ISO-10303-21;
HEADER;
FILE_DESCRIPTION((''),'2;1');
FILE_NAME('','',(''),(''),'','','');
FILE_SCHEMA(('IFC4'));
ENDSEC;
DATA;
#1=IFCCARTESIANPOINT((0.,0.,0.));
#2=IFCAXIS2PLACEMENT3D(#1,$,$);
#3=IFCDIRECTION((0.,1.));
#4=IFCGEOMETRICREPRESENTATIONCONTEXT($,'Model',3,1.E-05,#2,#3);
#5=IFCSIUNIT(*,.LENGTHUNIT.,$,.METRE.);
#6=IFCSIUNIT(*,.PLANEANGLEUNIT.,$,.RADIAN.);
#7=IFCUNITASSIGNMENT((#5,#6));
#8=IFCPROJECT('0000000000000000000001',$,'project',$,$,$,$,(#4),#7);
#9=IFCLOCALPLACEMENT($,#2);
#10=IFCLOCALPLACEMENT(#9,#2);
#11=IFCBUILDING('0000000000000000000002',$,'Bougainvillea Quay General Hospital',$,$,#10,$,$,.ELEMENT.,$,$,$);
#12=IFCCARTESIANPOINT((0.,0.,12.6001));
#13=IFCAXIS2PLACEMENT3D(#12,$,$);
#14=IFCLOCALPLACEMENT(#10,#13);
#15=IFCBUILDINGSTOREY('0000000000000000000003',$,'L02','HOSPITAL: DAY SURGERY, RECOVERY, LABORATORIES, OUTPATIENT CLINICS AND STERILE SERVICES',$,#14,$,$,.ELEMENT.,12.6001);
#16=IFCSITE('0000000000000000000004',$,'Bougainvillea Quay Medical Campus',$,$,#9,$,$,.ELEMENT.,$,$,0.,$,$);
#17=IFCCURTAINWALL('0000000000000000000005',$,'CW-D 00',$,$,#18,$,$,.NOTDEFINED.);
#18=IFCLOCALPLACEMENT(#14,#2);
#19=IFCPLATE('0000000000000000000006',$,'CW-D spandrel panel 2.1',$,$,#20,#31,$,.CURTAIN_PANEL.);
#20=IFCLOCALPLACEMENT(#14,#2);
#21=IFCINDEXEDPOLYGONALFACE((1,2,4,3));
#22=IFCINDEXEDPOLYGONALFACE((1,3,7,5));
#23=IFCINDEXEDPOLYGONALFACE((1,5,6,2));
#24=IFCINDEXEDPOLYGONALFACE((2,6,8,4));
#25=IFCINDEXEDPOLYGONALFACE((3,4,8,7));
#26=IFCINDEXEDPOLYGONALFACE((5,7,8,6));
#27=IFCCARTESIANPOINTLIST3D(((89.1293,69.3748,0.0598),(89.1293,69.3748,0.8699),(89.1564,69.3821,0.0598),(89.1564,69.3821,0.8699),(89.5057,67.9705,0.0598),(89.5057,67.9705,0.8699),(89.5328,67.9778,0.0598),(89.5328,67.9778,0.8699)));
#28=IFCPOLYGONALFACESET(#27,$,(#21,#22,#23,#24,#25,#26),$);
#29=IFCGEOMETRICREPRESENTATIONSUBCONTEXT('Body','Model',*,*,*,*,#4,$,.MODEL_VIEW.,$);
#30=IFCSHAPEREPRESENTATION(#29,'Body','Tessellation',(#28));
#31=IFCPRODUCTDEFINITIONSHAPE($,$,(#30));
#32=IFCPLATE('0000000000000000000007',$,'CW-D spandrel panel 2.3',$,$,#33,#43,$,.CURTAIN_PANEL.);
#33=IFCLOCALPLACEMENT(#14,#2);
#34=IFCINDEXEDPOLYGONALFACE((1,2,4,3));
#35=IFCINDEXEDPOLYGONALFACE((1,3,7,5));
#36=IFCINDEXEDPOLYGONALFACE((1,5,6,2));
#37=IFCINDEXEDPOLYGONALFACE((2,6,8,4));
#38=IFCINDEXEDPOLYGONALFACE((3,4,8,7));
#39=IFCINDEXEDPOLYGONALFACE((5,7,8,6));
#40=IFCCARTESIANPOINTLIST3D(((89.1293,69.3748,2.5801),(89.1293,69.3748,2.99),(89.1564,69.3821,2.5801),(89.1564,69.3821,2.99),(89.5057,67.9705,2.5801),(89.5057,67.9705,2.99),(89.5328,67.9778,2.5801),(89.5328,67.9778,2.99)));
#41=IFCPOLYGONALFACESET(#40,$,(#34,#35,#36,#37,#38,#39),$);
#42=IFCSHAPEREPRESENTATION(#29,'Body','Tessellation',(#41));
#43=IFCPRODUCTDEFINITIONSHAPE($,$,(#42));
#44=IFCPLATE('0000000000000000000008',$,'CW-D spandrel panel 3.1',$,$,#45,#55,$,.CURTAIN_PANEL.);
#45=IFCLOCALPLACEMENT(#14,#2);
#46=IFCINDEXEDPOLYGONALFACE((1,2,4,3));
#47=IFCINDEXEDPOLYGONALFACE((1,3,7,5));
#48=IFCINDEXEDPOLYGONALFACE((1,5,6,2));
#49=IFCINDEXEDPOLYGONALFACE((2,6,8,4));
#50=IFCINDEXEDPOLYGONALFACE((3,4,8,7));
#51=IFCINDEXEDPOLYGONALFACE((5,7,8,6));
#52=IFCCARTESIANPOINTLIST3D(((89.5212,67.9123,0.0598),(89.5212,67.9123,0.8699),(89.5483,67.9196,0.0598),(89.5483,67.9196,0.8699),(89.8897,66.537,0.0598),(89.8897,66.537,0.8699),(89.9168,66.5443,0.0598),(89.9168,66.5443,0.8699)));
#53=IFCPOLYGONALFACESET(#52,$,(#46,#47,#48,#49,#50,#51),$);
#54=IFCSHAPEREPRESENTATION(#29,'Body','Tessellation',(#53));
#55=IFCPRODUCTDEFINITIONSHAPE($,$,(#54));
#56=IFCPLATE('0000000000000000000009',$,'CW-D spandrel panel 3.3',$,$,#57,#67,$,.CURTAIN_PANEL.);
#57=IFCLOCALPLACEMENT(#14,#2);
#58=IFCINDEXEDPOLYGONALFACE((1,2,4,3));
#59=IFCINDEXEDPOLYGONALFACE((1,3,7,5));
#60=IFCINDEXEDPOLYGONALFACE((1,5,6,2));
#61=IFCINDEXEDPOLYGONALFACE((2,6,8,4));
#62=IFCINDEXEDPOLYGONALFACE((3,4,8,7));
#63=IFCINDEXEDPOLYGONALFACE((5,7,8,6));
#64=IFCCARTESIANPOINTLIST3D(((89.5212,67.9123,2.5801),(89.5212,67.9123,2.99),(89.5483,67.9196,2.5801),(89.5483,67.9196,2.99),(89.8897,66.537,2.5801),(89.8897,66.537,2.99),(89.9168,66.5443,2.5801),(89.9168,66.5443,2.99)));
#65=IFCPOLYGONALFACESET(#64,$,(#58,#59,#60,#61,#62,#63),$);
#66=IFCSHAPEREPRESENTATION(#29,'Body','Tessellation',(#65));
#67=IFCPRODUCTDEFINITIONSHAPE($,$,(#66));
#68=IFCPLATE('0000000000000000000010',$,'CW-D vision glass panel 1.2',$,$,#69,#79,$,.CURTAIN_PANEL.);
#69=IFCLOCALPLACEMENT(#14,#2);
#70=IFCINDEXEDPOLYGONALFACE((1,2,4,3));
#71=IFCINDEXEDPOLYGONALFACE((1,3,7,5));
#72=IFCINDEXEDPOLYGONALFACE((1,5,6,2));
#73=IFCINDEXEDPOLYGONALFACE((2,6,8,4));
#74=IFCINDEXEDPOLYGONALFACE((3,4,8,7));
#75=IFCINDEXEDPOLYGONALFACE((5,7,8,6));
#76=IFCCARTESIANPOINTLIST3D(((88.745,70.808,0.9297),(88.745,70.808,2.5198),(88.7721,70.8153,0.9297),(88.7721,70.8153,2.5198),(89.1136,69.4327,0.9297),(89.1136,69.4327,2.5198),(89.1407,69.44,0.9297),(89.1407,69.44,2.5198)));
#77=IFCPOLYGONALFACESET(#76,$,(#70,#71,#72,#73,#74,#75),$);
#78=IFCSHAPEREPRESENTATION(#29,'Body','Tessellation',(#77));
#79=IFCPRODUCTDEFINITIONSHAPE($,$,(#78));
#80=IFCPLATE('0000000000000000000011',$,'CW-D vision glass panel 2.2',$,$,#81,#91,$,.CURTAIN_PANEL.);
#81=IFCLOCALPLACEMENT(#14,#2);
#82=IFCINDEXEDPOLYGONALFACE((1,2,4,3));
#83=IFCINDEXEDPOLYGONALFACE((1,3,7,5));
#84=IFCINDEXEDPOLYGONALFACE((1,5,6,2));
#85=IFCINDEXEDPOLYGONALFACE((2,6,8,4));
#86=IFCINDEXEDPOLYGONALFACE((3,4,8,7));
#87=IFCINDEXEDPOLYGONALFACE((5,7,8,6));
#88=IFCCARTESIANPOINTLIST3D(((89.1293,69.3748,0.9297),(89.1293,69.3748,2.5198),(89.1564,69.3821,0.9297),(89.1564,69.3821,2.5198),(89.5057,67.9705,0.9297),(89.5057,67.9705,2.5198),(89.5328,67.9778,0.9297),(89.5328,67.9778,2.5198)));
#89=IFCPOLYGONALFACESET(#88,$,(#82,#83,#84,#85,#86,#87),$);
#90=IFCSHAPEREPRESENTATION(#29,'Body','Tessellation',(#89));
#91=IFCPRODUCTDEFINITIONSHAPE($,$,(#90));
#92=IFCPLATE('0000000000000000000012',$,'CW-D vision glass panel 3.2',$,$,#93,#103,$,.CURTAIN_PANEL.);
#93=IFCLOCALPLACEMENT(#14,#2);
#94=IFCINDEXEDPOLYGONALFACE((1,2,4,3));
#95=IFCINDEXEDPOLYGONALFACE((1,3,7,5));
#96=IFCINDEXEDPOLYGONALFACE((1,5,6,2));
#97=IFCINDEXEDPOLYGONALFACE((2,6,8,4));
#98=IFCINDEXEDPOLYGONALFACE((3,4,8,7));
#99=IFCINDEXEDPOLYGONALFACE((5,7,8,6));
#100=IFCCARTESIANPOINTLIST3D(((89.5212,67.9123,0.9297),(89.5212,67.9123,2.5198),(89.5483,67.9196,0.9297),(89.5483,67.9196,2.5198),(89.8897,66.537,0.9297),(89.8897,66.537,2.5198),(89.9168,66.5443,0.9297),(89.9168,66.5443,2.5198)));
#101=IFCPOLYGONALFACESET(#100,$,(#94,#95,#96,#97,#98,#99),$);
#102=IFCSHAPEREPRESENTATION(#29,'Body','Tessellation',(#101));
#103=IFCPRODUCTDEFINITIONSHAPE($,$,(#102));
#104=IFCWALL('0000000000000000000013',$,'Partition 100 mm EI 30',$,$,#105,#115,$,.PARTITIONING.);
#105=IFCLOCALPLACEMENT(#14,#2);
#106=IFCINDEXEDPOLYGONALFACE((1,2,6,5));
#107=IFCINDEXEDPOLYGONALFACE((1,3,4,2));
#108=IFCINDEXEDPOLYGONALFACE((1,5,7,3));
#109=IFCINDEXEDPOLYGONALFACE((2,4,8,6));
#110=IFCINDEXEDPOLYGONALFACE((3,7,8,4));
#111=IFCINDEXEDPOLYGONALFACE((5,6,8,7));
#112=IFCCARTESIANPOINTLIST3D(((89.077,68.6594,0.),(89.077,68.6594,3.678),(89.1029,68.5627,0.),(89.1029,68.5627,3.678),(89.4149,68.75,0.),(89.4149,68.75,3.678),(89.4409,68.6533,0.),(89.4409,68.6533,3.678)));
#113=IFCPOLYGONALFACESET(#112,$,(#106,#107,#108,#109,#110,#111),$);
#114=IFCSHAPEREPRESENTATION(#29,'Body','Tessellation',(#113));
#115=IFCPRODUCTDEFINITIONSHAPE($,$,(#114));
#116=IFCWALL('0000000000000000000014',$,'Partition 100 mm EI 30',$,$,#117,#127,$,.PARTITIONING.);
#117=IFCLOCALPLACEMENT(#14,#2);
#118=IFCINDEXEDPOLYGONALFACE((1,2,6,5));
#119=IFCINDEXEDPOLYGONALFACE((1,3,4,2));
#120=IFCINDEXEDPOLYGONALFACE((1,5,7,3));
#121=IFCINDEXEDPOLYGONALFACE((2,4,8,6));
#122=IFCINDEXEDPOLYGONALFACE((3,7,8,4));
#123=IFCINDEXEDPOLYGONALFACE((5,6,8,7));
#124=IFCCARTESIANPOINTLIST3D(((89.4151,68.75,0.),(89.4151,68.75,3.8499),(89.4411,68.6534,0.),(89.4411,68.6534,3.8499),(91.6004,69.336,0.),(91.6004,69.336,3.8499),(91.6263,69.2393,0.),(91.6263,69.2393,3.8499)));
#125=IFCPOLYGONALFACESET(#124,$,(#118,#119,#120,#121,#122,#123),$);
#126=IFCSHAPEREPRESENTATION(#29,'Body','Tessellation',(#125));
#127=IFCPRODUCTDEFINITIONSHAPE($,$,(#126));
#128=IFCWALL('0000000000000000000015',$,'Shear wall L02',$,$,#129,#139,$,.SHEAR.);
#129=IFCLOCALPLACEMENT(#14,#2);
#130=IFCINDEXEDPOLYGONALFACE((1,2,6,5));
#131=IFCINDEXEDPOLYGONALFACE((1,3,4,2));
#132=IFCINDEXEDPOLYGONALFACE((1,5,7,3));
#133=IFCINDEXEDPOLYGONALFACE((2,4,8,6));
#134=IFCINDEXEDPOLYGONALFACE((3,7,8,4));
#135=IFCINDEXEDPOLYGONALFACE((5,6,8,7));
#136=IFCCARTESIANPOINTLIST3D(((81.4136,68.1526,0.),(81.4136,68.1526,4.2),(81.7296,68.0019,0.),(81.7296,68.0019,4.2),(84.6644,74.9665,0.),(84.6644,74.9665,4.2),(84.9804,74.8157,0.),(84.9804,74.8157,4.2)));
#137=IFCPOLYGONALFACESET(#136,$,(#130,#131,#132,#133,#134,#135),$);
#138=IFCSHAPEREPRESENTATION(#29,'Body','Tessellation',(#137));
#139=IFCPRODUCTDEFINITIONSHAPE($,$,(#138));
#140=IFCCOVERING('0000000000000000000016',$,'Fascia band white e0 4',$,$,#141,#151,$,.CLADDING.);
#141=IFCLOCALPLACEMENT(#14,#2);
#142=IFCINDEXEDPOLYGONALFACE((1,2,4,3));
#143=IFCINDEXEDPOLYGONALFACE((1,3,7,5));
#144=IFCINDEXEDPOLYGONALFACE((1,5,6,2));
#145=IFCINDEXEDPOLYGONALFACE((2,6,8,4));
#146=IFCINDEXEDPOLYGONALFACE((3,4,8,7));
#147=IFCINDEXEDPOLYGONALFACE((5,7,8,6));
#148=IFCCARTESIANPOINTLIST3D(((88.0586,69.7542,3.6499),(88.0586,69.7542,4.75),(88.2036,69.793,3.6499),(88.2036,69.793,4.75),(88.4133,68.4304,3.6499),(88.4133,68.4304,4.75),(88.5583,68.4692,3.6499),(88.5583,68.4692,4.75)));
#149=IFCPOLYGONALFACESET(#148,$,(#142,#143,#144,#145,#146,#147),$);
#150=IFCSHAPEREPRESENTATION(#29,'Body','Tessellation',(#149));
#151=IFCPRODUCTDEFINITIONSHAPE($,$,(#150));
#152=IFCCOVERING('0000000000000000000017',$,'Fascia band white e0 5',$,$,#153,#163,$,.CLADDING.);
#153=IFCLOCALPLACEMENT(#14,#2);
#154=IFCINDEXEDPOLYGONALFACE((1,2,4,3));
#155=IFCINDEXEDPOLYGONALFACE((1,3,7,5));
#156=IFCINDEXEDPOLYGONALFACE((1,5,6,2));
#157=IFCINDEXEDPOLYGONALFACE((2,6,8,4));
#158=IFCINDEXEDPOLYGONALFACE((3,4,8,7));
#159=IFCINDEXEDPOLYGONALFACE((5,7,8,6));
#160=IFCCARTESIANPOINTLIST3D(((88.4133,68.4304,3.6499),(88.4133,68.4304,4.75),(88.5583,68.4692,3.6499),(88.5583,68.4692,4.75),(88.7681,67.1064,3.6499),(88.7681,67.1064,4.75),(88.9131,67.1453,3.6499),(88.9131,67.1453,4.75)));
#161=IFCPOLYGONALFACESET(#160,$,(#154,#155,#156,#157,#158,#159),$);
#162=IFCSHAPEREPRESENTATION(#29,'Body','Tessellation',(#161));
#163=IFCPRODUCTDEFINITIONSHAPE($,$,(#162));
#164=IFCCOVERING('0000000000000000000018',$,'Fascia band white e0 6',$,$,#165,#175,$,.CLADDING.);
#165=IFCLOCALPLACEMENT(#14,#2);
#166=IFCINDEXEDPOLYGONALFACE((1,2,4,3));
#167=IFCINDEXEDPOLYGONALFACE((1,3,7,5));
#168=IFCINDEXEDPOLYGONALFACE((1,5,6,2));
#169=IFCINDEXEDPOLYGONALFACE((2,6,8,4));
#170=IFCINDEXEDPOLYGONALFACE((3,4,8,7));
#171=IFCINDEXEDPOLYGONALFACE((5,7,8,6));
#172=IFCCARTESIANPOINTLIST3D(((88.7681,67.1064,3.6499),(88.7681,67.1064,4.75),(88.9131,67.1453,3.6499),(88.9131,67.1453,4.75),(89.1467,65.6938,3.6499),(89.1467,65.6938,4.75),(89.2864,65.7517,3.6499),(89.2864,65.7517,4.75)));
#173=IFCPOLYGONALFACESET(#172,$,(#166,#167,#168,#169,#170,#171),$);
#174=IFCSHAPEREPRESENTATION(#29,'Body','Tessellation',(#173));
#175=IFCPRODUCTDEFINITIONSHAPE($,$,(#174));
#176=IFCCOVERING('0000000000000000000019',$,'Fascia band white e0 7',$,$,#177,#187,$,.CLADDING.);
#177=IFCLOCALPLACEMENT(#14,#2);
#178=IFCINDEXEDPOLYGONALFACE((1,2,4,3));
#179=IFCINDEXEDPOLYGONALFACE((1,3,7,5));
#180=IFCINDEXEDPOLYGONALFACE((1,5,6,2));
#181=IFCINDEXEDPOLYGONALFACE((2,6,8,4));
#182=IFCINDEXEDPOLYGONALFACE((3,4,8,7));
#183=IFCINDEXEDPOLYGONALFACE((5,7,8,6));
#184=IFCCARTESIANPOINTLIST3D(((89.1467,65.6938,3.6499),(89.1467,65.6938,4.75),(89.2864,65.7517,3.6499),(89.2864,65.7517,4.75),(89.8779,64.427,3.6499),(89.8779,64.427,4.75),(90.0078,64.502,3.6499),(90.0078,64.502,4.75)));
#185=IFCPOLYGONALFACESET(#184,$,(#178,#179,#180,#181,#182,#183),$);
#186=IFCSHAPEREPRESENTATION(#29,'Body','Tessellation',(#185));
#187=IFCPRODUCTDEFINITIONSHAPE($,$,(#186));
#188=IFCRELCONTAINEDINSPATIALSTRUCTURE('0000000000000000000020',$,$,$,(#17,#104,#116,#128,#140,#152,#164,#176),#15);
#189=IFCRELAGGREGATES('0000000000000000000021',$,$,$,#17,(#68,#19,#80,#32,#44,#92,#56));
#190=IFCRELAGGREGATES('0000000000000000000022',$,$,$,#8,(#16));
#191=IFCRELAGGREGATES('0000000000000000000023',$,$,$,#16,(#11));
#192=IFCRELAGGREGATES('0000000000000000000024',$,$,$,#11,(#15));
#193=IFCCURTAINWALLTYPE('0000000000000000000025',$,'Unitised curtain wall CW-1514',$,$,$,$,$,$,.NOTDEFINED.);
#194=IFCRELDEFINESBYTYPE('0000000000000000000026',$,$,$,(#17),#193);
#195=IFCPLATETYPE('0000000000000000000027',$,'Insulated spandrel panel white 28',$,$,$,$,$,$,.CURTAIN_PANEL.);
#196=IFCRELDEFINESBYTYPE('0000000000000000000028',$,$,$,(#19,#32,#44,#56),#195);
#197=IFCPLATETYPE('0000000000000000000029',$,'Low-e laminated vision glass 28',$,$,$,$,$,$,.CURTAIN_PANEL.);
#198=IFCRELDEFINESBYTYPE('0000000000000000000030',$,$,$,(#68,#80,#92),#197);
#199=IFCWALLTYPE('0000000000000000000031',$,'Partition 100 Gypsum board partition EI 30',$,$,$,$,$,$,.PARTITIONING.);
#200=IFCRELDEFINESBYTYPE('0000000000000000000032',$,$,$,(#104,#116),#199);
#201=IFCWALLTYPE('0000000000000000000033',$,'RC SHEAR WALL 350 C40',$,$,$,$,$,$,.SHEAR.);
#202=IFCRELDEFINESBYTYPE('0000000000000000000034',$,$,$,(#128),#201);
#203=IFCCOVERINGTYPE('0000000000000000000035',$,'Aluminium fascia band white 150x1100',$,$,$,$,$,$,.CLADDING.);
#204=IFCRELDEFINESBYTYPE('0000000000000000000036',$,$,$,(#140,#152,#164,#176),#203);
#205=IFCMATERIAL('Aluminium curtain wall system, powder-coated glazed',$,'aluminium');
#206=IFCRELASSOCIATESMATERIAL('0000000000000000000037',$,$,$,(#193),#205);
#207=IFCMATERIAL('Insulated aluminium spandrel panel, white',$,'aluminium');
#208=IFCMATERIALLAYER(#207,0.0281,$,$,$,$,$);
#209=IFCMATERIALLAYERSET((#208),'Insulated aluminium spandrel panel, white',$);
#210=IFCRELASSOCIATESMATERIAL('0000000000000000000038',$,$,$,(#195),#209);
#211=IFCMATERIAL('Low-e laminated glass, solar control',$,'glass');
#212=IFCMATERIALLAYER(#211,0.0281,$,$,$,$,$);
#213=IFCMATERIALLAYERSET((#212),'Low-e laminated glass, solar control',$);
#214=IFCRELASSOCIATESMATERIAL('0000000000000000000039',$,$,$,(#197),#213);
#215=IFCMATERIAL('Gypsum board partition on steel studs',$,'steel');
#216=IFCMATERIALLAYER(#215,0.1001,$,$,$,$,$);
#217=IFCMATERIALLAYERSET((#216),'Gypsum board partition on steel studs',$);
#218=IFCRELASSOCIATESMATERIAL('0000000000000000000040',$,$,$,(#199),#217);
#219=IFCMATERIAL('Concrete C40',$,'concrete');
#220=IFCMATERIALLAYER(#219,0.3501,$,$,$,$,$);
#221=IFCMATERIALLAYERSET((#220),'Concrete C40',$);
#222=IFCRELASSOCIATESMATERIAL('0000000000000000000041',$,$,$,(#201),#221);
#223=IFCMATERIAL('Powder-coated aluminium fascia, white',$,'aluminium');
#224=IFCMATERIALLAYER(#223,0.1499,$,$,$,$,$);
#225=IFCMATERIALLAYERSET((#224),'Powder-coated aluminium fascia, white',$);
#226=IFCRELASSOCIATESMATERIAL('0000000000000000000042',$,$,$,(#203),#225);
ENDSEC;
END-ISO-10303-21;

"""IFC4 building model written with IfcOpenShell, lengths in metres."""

from ifc_helpers import new_model, si_unit, direction, frame, frame_2d, origin, origin_2d, place, context, subcontext, project, spatial, polyline, rectangle, outline, extrude, material, layer, layer_set, type_object, element, aggregate, save


model = new_model("IFC4")

# Units and contexts
model_context = context("Model", 3, precision=1e-05, world=origin(), true_north=direction((0.0, 1.0)))
body_context = subcontext(model_context, "Body", "Model", "MODEL_VIEW")
ifc_project = project(units=[si_unit("LENGTHUNIT", "METRE"), si_unit("PLANEANGLEUNIT", "RADIAN")], contexts=[model_context])

# Site, building, storey
site_placement = place(None, origin())
site = spatial("IfcSite", under=ifc_project, at=site_placement, Name="Bougainvillea Quay Medical Campus", CompositionType="ELEMENT", RefElevation=0.0)
building_placement = place(site_placement, origin())
building = spatial("IfcBuilding", under=site, at=building_placement, Name="Bougainvillea Quay General Hospital", CompositionType="ELEMENT")
storey_placement = place(building_placement, frame((0.0, 0.0, 12.6001)))
storey = spatial("IfcBuildingStorey", under=building, at=storey_placement, Name="L02", Description="HOSPITAL: DAY SURGERY, RECOVERY, LABORATORIES, OUTPATIENT CLINICS AND STERILE SERVICES", CompositionType="ELEMENT", Elevation=12.6001)

# Shared definitions
ifc_material_1 = material(Name="Concrete C40", Category="concrete")

# Curtain wall, plates
ifc_material_2 = material(Name="Aluminium curtain wall system, powder-coated glazed", Category="aluminium")
curtain_wall_type = type_object("IfcCurtainWallType", Name="Unitised curtain wall CW-1514", PredefinedType="NOTDEFINED", material=ifc_material_2)
curtain_wall_placement = place(storey_placement, origin())
curtain_wall = element("IfcCurtainWall", 1, at=curtain_wall_placement, inside=storey, type_object=curtain_wall_type, Name="CW-D 00", PredefinedType="NOTDEFINED")
ifc_material_3 = material(Name="Insulated aluminium spandrel panel, white", Category="aluminium")
ifc_layer_1 = layer(ifc_material_3, 0.0281)
ifc_layer_set_1 = layer_set([ifc_layer_1], Name="Insulated aluminium spandrel panel, white")
plate_type_1 = type_object("IfcPlateType", Name="Insulated spandrel panel white 28", PredefinedType="CURTAIN_PANEL", material=ifc_layer_set_1)
plate_1_placement = place(storey_placement, frame((89.3311, 68.6763, 0.0598), z_axis=(0.0, 0.0, 1.0), x_axis=(0.258855, -0.965916, 0.0)))
plate_1 = element("IfcPlate", 2, at=plate_1_placement, type_object=plate_type_1, Name="CW-D spandrel panel 2.1", PredefinedType="CURTAIN_PANEL", context=body_context, shape_type="SweptSolid", body=[
    extrude(rectangle(XDim=1.4539, YDim=0.0281, at=origin_2d()), origin(), (0.0, 0.0, 1.0), 0.8101),
])
plate_2_placement = place(storey_placement, frame((89.3311, 68.6763, 2.5801), z_axis=(0.0, 0.0, 1.0), x_axis=(0.258855, -0.965916, 0.0)))
plate_2 = element("IfcPlate", 3, at=plate_2_placement, type_object=plate_type_1, Name="CW-D spandrel panel 2.3", PredefinedType="CURTAIN_PANEL", context=body_context, shape_type="SweptSolid", body=[
    extrude(rectangle(XDim=1.4539, YDim=0.0281, at=origin_2d()), origin(), (0.0, 0.0, 1.0), 0.4099),
])
plate_3_placement = place(storey_placement, frame((89.719, 67.2283, 0.0598), z_axis=(0.0, 0.0, 1.0), x_axis=(0.258855, -0.965916, 0.0)))
plate_3 = element("IfcPlate", 4, at=plate_3_placement, type_object=plate_type_1, Name="CW-D spandrel panel 3.1", PredefinedType="CURTAIN_PANEL", context=body_context, shape_type="SweptSolid", body=[
    extrude(rectangle(XDim=1.4238, YDim=0.0281, at=origin_2d()), origin(), (0.0, 0.0, 1.0), 0.8101),
])
plate_4_placement = place(storey_placement, frame((89.719, 67.2283, 2.5801), z_axis=(0.0, 0.0, 1.0), x_axis=(0.258855, -0.965916, 0.0)))
plate_4 = element("IfcPlate", 5, at=plate_4_placement, type_object=plate_type_1, Name="CW-D spandrel panel 3.3", PredefinedType="CURTAIN_PANEL", context=body_context, shape_type="SweptSolid", body=[
    extrude(rectangle(XDim=1.4238, YDim=0.0281, at=origin_2d()), origin(), (0.0, 0.0, 1.0), 0.4099),
])
ifc_material_4 = material(Name="Low-e laminated glass, solar control", Category="glass")
ifc_layer_2 = layer(ifc_material_4, 0.0281)
ifc_layer_set_2 = layer_set([ifc_layer_2], Name="Low-e laminated glass, solar control")
plate_type_2 = type_object("IfcPlateType", Name="Low-e laminated vision glass 28", PredefinedType="CURTAIN_PANEL", material=ifc_layer_set_2)
plate_5_placement = place(storey_placement, frame((88.9429, 70.124, 0.9297), z_axis=(0.0, 0.0, 1.0), x_axis=(0.258855, -0.965916, 0.0)))
plate_5 = element("IfcPlate", 6, at=plate_5_placement, type_object=plate_type_2, Name="CW-D vision glass panel 1.2", PredefinedType="CURTAIN_PANEL", context=body_context, shape_type="SweptSolid", body=[
    extrude(rectangle(XDim=1.4238, YDim=0.0281, at=origin_2d()), origin(), (0.0, 0.0, 1.0), 1.5901),
])
plate_6_placement = place(storey_placement, frame((89.3311, 68.6763, 0.9297), z_axis=(0.0, 0.0, 1.0), x_axis=(0.258855, -0.965916, 0.0)))
plate_6 = element("IfcPlate", 7, at=plate_6_placement, type_object=plate_type_2, Name="CW-D vision glass panel 2.2", PredefinedType="CURTAIN_PANEL", context=body_context, shape_type="SweptSolid", body=[
    extrude(rectangle(XDim=1.4539, YDim=0.0281, at=origin_2d()), origin(), (0.0, 0.0, 1.0), 1.5901),
])
plate_7_placement = place(storey_placement, frame((89.719, 67.2283, 0.9297), z_axis=(0.0, 0.0, 1.0), x_axis=(0.258855, -0.965916, 0.0)))
plate_7 = element("IfcPlate", 8, at=plate_7_placement, type_object=plate_type_2, Name="CW-D vision glass panel 3.2", PredefinedType="CURTAIN_PANEL", context=body_context, shape_type="SweptSolid", body=[
    extrude(rectangle(XDim=1.4238, YDim=0.0281, at=origin_2d()), origin(), (0.0, 0.0, 1.0), 1.5901),
])
aggregate(curtain_wall, [plate_5, plate_1, plate_6, plate_2, plate_3, plate_7, plate_4])

# Walls
ifc_material_5 = material(Name="Gypsum board partition on steel studs", Category="steel")
ifc_layer_3 = layer(ifc_material_5, 0.1001)
ifc_layer_set_3 = layer_set([ifc_layer_3], Name="Gypsum board partition on steel studs")
wall_type_1 = type_object("IfcWallType", Name="Partition 100 Gypsum board partition EI 30", PredefinedType="PARTITIONING", material=ifc_layer_set_3)
wall_1_placement = place(storey_placement, frame((89.0901, 68.6111, 0.0), z_axis=(0.0, 0.0, 1.0), x_axis=(0.965898, 0.258922, 0.0)))
element("IfcWall", 9, at=wall_1_placement, inside=storey, type_object=wall_type_1, Name="Partition 100 mm EI 30", PredefinedType="PARTITIONING", context=body_context, shape_type="SweptSolid", body=[
    extrude(rectangle(XDim=0.3499, YDim=0.1001, at=frame_2d((0.1748, 0.0))), origin(), (0.0, 0.0, 1.0), 3.678),
])
wall_2_placement = place(storey_placement, frame((89.428, 68.7017, 0.0), z_axis=(0.0, 0.0, 1.0), x_axis=(0.965883, 0.258979, 0.0)))
element("IfcWall", 10, at=wall_2_placement, inside=storey, type_object=wall_type_1, Name="Partition 100 mm EI 30", PredefinedType="PARTITIONING", context=body_context, shape_type="SweptSolid", body=[
    extrude(rectangle(XDim=2.2625, YDim=0.1001, at=frame_2d((1.1313, 0.0))), origin(), (0.0, 0.0, 1.0), 3.8499),
])
ifc_layer_4 = layer(ifc_material_1, 0.3501)
ifc_layer_set_4 = layer_set([ifc_layer_4], Name="Concrete C40")
wall_type_2 = type_object("IfcWallType", Name="RC SHEAR WALL 350 C40", PredefinedType="SHEAR", material=ifc_layer_set_4)
wall_3_placement = place(storey_placement, frame((81.5715, 68.0771, 0.0), z_axis=(0.0, 0.0, 1.0), x_axis=(0.430592, 0.902546, 0.0)))
element("IfcWall", 11, at=wall_3_placement, inside=storey, type_object=wall_type_2, Name="Shear wall L02", PredefinedType="SHEAR", context=body_context, shape_type="SweptSolid", body=[
    extrude(rectangle(XDim=7.5496, YDim=0.3501, at=frame_2d((3.7749, 0.0))), origin(), (0.0, 0.0, 1.0), 4.2),
])

# Coverings
ifc_material_6 = material(Name="Powder-coated aluminium fascia, white", Category="aluminium")
ifc_layer_5 = layer(ifc_material_6, 0.1499)
ifc_layer_set_5 = layer_set([ifc_layer_5], Name="Powder-coated aluminium fascia, white")
covering_type = type_object("IfcCoveringType", Name="Aluminium fascia band white 150x1100", PredefinedType="CLADDING", material=ifc_layer_set_5)
covering_1_placement = place(storey_placement, frame((88.2036, 69.793, 3.6499), z_axis=(0.0, 0.0, 1.0), x_axis=(0.258849, -0.965918, 0.0)))
element("IfcCovering", 12, at=covering_1_placement, inside=storey, type_object=covering_type, Name="Fascia band white e0 4", PredefinedType="CLADDING", context=body_context, shape_type="SweptSolid", body=[
    extrude(outline(polyline([(0.0, 0.0), (1.3704, 0.0), (1.3704, -0.1501), (0.0, -0.1501), (0.0, 0.0)])), origin(), (0.0, 0.0, 1.0), 1.1001),
])
covering_2_placement = place(storey_placement, frame((88.5583, 68.4692, 3.6499), z_axis=(0.0, 0.0, 1.0), x_axis=(0.258804, -0.96593, 0.0)))
element("IfcCovering", 13, at=covering_2_placement, inside=storey, type_object=covering_type, Name="Fascia band white e0 5", PredefinedType="CLADDING", context=body_context, shape_type="SweptSolid", body=[
    extrude(outline(polyline([(0.0, 0.0), (1.3707, 0.0), (1.3706, -0.1501), (0.0, -0.1501), (0.0, 0.0)])), origin(), (0.0, 0.0, 1.0), 1.1001),
])
covering_3_placement = place(storey_placement, frame((88.9131, 67.1453, 3.6499), z_axis=(0.0, 0.0, 1.0), x_axis=(0.258747, -0.965945, 0.0)))
element("IfcCovering", 14, at=covering_3_placement, inside=storey, type_object=covering_type, Name="Fascia band white e0 6", PredefinedType="CLADDING", context=body_context, shape_type="SweptSolid", body=[
    extrude(outline(polyline([(0.0, 0.0), (1.4427, 0.0), (1.4624, -0.1499), (0.0, -0.1501), (0.0, 0.0)])), origin(), (0.0, 0.0, 1.0), 1.1001),
])
covering_4_placement = place(storey_placement, frame((89.2864, 65.7517, 3.6499), z_axis=(0.0, 0.0, 1.0), x_axis=(0.499942, -0.866059, 0.0)))
element("IfcCovering", 15, at=covering_4_placement, inside=storey, type_object=covering_type, Name="Fascia band white e0 7", PredefinedType="CLADDING", context=body_context, shape_type="SweptSolid", body=[
    extrude(outline(polyline([(0.0, 0.0), (1.443, 0.0), (1.443, -0.15), (-0.0197, -0.1499), (0.0, 0.0)])), origin(), (0.0, 0.0, 1.0), 1.1001),
])

save(model, "model.ifc")
